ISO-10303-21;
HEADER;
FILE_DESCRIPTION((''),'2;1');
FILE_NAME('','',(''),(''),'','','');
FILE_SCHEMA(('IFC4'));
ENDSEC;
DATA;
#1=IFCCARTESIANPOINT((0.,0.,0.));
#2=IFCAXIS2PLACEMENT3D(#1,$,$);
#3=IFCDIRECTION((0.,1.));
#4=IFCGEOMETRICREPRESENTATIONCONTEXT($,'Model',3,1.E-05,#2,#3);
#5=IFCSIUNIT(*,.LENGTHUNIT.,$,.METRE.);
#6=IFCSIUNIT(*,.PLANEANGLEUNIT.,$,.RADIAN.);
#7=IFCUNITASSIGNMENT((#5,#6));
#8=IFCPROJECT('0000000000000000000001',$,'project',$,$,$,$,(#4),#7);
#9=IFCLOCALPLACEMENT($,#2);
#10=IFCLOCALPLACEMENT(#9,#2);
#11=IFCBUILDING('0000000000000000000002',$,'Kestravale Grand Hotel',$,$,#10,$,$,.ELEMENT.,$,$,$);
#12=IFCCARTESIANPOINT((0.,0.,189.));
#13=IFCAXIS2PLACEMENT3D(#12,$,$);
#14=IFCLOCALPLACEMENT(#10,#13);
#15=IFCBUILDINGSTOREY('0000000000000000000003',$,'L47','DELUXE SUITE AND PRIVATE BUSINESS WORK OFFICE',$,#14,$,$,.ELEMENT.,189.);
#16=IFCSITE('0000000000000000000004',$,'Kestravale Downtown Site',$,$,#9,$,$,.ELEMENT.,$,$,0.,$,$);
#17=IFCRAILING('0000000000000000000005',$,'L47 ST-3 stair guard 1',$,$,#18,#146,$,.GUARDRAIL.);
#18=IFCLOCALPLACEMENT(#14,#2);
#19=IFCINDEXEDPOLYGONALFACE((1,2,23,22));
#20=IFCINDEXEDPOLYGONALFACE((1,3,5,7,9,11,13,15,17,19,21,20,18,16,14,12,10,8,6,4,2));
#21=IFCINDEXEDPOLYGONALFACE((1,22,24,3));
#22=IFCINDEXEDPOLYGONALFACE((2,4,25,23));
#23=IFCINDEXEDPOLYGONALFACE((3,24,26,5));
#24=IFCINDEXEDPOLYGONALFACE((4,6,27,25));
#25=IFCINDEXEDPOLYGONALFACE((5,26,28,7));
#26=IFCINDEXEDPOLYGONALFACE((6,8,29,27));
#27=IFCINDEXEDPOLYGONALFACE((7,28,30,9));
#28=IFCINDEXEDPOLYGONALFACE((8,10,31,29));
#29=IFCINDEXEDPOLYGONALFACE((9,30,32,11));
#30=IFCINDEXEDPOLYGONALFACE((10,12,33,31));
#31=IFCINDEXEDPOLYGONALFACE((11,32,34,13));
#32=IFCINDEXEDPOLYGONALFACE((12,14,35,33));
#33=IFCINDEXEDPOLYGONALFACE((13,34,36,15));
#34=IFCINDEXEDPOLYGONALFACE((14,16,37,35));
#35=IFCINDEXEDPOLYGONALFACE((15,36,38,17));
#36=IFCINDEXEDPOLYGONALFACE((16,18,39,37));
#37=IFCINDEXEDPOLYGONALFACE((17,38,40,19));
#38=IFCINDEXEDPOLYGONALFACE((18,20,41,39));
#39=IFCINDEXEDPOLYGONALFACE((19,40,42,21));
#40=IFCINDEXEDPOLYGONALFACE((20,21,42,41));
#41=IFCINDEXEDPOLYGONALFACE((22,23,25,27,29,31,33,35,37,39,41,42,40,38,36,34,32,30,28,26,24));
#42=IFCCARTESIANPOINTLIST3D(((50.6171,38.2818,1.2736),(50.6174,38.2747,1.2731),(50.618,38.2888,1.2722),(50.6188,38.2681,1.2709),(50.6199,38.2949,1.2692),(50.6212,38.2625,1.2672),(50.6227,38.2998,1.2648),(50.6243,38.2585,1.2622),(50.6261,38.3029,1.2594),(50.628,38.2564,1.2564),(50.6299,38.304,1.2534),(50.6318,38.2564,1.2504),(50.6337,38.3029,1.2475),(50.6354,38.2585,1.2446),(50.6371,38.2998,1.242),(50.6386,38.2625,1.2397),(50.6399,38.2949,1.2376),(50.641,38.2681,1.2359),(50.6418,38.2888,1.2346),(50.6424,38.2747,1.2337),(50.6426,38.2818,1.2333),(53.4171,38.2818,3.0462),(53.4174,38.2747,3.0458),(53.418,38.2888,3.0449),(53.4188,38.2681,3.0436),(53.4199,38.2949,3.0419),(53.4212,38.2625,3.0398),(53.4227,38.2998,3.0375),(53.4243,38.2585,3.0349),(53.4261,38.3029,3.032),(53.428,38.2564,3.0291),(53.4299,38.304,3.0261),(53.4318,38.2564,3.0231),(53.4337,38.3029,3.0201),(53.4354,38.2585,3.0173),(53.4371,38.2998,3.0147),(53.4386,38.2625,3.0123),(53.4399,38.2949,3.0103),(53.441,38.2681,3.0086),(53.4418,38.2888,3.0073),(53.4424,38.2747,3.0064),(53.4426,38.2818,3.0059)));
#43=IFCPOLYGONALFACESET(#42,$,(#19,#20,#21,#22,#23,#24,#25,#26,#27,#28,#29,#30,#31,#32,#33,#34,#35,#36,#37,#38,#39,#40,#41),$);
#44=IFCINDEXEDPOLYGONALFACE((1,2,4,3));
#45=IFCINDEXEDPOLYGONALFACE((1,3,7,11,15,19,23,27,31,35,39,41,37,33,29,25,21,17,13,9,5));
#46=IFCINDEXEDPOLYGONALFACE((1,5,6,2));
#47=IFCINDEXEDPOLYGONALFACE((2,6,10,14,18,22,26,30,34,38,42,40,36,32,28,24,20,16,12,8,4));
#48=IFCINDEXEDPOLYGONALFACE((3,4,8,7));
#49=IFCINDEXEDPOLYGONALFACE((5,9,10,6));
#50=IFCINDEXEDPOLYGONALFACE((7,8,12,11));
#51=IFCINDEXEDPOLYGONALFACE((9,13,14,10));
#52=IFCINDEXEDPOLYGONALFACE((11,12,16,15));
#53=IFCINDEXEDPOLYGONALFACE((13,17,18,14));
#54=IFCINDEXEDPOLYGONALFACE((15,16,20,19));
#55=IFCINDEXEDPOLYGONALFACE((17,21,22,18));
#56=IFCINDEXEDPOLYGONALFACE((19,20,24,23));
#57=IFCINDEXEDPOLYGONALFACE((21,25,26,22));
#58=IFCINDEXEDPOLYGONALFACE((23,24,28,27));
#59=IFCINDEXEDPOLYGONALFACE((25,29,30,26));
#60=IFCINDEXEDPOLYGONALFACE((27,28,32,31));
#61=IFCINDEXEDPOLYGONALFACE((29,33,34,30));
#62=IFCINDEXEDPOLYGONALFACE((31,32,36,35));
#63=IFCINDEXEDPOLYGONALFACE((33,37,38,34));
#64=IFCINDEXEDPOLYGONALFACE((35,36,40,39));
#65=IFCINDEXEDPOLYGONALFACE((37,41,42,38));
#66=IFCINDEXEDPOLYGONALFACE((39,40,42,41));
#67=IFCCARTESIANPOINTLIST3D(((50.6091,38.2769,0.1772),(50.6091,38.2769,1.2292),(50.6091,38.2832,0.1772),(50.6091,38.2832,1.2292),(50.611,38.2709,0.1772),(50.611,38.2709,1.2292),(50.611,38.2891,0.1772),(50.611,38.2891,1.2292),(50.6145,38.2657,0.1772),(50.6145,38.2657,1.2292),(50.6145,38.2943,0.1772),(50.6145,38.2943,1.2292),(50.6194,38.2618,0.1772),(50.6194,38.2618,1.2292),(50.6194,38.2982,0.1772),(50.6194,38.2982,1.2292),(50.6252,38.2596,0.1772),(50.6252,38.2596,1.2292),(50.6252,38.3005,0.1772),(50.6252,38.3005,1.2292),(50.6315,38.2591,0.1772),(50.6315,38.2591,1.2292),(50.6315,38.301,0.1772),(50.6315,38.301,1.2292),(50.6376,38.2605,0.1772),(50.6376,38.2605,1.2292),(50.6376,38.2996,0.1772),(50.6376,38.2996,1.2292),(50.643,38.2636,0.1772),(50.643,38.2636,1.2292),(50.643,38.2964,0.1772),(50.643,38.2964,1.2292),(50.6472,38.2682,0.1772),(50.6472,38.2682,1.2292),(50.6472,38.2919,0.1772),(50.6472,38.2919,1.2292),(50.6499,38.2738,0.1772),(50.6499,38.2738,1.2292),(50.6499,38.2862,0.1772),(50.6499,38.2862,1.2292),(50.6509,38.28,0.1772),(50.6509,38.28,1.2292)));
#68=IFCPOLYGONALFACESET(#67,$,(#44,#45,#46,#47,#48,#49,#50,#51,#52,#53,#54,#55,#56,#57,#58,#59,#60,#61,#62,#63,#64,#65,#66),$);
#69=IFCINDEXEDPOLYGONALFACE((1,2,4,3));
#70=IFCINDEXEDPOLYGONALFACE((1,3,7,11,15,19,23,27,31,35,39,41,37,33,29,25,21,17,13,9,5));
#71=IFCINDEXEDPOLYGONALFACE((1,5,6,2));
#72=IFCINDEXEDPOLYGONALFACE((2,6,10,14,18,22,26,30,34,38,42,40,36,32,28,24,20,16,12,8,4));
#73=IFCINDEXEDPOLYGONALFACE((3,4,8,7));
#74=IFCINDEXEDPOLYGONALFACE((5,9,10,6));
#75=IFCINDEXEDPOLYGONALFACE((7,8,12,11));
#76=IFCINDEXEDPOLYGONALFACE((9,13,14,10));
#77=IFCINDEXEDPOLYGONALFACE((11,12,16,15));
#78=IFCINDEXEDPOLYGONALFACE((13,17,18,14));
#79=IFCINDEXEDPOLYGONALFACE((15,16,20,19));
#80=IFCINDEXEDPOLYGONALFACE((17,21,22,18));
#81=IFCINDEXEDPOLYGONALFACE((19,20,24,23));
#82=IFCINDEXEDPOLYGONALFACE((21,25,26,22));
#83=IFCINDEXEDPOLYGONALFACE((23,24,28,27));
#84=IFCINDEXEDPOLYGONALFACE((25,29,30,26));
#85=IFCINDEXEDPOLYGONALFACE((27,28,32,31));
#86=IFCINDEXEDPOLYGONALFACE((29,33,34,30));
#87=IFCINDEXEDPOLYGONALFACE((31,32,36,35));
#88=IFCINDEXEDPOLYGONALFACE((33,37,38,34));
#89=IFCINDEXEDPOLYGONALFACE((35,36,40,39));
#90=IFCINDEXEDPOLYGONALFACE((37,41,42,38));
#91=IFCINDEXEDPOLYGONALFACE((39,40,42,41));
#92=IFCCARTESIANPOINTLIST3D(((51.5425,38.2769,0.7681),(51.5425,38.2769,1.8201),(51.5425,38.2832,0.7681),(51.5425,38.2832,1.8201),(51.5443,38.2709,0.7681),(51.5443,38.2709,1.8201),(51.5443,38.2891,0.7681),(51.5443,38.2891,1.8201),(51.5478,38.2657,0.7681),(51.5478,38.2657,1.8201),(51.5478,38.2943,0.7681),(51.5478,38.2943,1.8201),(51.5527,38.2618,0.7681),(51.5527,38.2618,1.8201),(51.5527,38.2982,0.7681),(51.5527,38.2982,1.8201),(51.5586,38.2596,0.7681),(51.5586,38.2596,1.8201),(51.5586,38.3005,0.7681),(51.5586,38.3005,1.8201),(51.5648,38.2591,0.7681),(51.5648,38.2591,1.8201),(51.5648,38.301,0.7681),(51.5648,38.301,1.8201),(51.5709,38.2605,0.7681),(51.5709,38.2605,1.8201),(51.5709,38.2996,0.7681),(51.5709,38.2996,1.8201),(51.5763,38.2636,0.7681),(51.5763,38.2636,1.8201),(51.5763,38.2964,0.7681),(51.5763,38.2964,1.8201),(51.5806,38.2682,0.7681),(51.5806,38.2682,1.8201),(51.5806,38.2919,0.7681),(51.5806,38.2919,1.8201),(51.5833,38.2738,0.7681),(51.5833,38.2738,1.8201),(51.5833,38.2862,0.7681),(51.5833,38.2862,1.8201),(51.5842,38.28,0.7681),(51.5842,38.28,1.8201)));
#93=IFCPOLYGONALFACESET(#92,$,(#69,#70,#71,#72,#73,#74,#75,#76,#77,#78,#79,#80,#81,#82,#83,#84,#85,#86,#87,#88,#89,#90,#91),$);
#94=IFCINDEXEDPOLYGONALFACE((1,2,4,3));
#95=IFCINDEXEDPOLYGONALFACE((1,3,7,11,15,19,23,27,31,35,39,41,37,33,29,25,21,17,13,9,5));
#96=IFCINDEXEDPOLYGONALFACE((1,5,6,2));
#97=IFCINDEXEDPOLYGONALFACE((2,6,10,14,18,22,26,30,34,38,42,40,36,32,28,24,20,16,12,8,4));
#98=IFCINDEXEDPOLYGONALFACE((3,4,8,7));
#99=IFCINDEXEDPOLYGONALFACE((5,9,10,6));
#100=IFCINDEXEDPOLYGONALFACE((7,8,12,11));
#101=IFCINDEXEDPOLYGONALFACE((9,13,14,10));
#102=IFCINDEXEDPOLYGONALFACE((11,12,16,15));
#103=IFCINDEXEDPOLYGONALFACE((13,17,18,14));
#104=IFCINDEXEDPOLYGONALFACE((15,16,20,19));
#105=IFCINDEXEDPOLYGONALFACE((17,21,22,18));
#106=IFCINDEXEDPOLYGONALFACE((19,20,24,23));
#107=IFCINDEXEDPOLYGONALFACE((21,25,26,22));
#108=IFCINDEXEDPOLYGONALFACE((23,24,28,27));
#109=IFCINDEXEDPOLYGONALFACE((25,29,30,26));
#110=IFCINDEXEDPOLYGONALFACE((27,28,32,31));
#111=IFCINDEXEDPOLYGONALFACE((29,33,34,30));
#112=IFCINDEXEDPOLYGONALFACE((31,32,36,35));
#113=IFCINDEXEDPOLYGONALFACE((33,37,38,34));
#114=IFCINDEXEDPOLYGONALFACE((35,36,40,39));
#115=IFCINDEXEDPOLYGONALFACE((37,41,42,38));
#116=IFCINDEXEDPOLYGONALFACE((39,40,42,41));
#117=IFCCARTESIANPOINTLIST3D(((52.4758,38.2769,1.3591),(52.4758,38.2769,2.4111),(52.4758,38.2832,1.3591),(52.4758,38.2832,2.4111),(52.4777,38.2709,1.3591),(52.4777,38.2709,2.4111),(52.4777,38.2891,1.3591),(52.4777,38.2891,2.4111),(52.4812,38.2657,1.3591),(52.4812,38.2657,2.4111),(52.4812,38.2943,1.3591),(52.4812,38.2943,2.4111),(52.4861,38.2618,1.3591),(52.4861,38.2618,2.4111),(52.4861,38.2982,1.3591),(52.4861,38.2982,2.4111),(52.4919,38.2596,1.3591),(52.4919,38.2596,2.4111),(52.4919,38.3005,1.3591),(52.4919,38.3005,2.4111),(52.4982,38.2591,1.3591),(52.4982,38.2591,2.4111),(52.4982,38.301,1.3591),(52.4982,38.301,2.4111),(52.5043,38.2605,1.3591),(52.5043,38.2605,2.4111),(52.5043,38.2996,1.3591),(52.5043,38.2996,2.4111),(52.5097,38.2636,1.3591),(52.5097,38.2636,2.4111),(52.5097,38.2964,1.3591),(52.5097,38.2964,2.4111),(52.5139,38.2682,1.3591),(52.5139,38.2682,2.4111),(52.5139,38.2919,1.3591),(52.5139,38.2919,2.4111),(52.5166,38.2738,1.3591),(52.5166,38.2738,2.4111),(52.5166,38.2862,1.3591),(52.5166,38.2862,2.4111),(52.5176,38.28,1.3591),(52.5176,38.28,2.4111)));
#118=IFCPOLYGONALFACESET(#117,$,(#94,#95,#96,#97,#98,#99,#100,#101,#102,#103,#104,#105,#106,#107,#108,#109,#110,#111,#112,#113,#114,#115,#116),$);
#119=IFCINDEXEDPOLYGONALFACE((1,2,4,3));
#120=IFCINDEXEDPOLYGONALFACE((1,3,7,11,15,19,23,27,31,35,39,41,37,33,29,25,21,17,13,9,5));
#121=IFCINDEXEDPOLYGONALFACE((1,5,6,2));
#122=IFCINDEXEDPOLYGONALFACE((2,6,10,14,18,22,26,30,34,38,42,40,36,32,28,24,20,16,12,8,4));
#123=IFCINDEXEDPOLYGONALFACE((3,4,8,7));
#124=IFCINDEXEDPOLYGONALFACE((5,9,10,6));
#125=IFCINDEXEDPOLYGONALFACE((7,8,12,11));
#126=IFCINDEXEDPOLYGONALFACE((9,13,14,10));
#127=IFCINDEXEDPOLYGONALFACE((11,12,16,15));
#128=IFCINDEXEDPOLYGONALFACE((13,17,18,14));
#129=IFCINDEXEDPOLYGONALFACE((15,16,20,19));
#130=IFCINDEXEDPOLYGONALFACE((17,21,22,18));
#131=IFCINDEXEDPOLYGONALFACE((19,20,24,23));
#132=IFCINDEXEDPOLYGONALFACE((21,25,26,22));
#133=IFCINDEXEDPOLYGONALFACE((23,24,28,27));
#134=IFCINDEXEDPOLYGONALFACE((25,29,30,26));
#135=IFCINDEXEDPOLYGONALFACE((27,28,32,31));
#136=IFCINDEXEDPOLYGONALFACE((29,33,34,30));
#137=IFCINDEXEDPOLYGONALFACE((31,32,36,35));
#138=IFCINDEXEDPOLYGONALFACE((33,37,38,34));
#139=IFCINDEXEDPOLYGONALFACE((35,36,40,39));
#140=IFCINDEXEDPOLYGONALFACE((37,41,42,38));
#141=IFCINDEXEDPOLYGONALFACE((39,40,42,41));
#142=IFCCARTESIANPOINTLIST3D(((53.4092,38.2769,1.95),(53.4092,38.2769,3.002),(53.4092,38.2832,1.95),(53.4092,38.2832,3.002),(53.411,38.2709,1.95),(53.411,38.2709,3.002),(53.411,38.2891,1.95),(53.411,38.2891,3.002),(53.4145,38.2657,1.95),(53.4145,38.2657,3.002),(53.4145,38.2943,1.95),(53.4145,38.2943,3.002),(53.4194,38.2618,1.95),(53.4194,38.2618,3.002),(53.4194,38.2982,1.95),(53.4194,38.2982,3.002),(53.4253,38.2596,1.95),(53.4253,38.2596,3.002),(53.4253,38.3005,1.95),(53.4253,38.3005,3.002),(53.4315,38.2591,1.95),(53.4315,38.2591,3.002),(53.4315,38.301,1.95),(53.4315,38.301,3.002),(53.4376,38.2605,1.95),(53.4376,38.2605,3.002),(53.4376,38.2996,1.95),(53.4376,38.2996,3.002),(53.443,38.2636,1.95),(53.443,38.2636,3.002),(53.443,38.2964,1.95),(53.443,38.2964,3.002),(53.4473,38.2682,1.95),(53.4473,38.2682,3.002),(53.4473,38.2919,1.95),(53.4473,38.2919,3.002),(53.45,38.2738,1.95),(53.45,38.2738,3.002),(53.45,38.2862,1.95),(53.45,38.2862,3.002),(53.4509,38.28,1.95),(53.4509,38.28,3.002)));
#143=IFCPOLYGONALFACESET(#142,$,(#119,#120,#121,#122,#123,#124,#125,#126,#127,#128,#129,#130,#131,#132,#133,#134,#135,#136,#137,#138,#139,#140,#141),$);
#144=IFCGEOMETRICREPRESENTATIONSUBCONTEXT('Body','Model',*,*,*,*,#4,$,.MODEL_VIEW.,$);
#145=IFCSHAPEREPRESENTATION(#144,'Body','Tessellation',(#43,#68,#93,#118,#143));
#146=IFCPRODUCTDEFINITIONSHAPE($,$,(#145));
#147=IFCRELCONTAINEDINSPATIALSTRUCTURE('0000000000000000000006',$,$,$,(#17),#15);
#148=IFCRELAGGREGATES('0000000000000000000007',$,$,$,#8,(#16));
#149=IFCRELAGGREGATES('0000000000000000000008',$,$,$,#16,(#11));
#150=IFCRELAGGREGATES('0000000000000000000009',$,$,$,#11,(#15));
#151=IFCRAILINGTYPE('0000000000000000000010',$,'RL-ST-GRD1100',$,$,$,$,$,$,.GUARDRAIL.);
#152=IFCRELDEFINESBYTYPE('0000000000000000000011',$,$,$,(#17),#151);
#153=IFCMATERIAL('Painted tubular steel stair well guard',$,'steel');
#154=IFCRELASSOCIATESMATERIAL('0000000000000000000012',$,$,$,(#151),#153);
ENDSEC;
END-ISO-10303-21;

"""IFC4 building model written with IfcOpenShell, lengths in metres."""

from ifc_helpers import new_model, si_unit, direction, frame, origin, origin_2d, place, context, subcontext, project, spatial, circle, extrude, material, type_object, element, save


model = new_model("IFC4")

# Units and contexts
model_context = context("Model", 3, precision=1e-05, world=origin(), true_north=direction((0.0, 1.0)))
body_context = subcontext(model_context, "Body", "Model", "MODEL_VIEW")
ifc_project = project(units=[si_unit("LENGTHUNIT", "METRE"), si_unit("PLANEANGLEUNIT", "RADIAN")], contexts=[model_context])

# Site, building, storey
site_placement = place(None, origin())
site = spatial("IfcSite", under=ifc_project, at=site_placement, Name="Kestravale Downtown Site", CompositionType="ELEMENT", RefElevation=0.0)
building_placement = place(site_placement, origin())
building = spatial("IfcBuilding", under=site, at=building_placement, Name="Kestravale Grand Hotel", CompositionType="ELEMENT")
storey_placement = place(building_placement, frame((0.0, 0.0, 189.0)))
storey = spatial("IfcBuildingStorey", under=building, at=storey_placement, Name="L47", Description="DELUXE SUITE AND PRIVATE BUSINESS WORK OFFICE", CompositionType="ELEMENT", Elevation=189.0)

# Railing
ifc_material_1 = material(Name="Painted tubular steel stair well guard", Category="steel")
railing_type_1 = type_object("IfcRailingType", Name="RL-ST-GRD1100", PredefinedType="GUARDRAIL", material=ifc_material_1)
railing_1_placement = place(storey_placement, frame((50.6299, 38.28, 0.1772)))
element("IfcRailing", 1, at=railing_1_placement, inside=storey, type_object=railing_type_1, Name="L47 ST-3 stair guard 1", PredefinedType="GUARDRAIL", context=body_context, shape_type="SweptSolid", body=[
    extrude(circle(Radius=0.0239, at=origin_2d()), frame((0.0, 0.0, 1.0762), z_axis=(0.844909, 0.0, 0.53491), x_axis=(0.0, 1.0, 0.0)), (0.0, 0.0, 1.0), 3.314),
    extrude(circle(Radius=0.021, at=origin_2d()), origin(), (0.0, 0.0, 1.0), 1.052),
    extrude(circle(Radius=0.021, at=origin_2d()), frame((0.9333, 0.0, 0.5908)), (0.0, 0.0, 1.0), 1.052),
    extrude(circle(Radius=0.021, at=origin_2d()), frame((1.8667, 0.0, 1.1819)), (0.0, 0.0, 1.0), 1.052),
    extrude(circle(Radius=0.021, at=origin_2d()), frame((2.8, 0.0, 1.7727)), (0.0, 0.0, 1.0), 1.052),
])

save(model, "model.ifc")
